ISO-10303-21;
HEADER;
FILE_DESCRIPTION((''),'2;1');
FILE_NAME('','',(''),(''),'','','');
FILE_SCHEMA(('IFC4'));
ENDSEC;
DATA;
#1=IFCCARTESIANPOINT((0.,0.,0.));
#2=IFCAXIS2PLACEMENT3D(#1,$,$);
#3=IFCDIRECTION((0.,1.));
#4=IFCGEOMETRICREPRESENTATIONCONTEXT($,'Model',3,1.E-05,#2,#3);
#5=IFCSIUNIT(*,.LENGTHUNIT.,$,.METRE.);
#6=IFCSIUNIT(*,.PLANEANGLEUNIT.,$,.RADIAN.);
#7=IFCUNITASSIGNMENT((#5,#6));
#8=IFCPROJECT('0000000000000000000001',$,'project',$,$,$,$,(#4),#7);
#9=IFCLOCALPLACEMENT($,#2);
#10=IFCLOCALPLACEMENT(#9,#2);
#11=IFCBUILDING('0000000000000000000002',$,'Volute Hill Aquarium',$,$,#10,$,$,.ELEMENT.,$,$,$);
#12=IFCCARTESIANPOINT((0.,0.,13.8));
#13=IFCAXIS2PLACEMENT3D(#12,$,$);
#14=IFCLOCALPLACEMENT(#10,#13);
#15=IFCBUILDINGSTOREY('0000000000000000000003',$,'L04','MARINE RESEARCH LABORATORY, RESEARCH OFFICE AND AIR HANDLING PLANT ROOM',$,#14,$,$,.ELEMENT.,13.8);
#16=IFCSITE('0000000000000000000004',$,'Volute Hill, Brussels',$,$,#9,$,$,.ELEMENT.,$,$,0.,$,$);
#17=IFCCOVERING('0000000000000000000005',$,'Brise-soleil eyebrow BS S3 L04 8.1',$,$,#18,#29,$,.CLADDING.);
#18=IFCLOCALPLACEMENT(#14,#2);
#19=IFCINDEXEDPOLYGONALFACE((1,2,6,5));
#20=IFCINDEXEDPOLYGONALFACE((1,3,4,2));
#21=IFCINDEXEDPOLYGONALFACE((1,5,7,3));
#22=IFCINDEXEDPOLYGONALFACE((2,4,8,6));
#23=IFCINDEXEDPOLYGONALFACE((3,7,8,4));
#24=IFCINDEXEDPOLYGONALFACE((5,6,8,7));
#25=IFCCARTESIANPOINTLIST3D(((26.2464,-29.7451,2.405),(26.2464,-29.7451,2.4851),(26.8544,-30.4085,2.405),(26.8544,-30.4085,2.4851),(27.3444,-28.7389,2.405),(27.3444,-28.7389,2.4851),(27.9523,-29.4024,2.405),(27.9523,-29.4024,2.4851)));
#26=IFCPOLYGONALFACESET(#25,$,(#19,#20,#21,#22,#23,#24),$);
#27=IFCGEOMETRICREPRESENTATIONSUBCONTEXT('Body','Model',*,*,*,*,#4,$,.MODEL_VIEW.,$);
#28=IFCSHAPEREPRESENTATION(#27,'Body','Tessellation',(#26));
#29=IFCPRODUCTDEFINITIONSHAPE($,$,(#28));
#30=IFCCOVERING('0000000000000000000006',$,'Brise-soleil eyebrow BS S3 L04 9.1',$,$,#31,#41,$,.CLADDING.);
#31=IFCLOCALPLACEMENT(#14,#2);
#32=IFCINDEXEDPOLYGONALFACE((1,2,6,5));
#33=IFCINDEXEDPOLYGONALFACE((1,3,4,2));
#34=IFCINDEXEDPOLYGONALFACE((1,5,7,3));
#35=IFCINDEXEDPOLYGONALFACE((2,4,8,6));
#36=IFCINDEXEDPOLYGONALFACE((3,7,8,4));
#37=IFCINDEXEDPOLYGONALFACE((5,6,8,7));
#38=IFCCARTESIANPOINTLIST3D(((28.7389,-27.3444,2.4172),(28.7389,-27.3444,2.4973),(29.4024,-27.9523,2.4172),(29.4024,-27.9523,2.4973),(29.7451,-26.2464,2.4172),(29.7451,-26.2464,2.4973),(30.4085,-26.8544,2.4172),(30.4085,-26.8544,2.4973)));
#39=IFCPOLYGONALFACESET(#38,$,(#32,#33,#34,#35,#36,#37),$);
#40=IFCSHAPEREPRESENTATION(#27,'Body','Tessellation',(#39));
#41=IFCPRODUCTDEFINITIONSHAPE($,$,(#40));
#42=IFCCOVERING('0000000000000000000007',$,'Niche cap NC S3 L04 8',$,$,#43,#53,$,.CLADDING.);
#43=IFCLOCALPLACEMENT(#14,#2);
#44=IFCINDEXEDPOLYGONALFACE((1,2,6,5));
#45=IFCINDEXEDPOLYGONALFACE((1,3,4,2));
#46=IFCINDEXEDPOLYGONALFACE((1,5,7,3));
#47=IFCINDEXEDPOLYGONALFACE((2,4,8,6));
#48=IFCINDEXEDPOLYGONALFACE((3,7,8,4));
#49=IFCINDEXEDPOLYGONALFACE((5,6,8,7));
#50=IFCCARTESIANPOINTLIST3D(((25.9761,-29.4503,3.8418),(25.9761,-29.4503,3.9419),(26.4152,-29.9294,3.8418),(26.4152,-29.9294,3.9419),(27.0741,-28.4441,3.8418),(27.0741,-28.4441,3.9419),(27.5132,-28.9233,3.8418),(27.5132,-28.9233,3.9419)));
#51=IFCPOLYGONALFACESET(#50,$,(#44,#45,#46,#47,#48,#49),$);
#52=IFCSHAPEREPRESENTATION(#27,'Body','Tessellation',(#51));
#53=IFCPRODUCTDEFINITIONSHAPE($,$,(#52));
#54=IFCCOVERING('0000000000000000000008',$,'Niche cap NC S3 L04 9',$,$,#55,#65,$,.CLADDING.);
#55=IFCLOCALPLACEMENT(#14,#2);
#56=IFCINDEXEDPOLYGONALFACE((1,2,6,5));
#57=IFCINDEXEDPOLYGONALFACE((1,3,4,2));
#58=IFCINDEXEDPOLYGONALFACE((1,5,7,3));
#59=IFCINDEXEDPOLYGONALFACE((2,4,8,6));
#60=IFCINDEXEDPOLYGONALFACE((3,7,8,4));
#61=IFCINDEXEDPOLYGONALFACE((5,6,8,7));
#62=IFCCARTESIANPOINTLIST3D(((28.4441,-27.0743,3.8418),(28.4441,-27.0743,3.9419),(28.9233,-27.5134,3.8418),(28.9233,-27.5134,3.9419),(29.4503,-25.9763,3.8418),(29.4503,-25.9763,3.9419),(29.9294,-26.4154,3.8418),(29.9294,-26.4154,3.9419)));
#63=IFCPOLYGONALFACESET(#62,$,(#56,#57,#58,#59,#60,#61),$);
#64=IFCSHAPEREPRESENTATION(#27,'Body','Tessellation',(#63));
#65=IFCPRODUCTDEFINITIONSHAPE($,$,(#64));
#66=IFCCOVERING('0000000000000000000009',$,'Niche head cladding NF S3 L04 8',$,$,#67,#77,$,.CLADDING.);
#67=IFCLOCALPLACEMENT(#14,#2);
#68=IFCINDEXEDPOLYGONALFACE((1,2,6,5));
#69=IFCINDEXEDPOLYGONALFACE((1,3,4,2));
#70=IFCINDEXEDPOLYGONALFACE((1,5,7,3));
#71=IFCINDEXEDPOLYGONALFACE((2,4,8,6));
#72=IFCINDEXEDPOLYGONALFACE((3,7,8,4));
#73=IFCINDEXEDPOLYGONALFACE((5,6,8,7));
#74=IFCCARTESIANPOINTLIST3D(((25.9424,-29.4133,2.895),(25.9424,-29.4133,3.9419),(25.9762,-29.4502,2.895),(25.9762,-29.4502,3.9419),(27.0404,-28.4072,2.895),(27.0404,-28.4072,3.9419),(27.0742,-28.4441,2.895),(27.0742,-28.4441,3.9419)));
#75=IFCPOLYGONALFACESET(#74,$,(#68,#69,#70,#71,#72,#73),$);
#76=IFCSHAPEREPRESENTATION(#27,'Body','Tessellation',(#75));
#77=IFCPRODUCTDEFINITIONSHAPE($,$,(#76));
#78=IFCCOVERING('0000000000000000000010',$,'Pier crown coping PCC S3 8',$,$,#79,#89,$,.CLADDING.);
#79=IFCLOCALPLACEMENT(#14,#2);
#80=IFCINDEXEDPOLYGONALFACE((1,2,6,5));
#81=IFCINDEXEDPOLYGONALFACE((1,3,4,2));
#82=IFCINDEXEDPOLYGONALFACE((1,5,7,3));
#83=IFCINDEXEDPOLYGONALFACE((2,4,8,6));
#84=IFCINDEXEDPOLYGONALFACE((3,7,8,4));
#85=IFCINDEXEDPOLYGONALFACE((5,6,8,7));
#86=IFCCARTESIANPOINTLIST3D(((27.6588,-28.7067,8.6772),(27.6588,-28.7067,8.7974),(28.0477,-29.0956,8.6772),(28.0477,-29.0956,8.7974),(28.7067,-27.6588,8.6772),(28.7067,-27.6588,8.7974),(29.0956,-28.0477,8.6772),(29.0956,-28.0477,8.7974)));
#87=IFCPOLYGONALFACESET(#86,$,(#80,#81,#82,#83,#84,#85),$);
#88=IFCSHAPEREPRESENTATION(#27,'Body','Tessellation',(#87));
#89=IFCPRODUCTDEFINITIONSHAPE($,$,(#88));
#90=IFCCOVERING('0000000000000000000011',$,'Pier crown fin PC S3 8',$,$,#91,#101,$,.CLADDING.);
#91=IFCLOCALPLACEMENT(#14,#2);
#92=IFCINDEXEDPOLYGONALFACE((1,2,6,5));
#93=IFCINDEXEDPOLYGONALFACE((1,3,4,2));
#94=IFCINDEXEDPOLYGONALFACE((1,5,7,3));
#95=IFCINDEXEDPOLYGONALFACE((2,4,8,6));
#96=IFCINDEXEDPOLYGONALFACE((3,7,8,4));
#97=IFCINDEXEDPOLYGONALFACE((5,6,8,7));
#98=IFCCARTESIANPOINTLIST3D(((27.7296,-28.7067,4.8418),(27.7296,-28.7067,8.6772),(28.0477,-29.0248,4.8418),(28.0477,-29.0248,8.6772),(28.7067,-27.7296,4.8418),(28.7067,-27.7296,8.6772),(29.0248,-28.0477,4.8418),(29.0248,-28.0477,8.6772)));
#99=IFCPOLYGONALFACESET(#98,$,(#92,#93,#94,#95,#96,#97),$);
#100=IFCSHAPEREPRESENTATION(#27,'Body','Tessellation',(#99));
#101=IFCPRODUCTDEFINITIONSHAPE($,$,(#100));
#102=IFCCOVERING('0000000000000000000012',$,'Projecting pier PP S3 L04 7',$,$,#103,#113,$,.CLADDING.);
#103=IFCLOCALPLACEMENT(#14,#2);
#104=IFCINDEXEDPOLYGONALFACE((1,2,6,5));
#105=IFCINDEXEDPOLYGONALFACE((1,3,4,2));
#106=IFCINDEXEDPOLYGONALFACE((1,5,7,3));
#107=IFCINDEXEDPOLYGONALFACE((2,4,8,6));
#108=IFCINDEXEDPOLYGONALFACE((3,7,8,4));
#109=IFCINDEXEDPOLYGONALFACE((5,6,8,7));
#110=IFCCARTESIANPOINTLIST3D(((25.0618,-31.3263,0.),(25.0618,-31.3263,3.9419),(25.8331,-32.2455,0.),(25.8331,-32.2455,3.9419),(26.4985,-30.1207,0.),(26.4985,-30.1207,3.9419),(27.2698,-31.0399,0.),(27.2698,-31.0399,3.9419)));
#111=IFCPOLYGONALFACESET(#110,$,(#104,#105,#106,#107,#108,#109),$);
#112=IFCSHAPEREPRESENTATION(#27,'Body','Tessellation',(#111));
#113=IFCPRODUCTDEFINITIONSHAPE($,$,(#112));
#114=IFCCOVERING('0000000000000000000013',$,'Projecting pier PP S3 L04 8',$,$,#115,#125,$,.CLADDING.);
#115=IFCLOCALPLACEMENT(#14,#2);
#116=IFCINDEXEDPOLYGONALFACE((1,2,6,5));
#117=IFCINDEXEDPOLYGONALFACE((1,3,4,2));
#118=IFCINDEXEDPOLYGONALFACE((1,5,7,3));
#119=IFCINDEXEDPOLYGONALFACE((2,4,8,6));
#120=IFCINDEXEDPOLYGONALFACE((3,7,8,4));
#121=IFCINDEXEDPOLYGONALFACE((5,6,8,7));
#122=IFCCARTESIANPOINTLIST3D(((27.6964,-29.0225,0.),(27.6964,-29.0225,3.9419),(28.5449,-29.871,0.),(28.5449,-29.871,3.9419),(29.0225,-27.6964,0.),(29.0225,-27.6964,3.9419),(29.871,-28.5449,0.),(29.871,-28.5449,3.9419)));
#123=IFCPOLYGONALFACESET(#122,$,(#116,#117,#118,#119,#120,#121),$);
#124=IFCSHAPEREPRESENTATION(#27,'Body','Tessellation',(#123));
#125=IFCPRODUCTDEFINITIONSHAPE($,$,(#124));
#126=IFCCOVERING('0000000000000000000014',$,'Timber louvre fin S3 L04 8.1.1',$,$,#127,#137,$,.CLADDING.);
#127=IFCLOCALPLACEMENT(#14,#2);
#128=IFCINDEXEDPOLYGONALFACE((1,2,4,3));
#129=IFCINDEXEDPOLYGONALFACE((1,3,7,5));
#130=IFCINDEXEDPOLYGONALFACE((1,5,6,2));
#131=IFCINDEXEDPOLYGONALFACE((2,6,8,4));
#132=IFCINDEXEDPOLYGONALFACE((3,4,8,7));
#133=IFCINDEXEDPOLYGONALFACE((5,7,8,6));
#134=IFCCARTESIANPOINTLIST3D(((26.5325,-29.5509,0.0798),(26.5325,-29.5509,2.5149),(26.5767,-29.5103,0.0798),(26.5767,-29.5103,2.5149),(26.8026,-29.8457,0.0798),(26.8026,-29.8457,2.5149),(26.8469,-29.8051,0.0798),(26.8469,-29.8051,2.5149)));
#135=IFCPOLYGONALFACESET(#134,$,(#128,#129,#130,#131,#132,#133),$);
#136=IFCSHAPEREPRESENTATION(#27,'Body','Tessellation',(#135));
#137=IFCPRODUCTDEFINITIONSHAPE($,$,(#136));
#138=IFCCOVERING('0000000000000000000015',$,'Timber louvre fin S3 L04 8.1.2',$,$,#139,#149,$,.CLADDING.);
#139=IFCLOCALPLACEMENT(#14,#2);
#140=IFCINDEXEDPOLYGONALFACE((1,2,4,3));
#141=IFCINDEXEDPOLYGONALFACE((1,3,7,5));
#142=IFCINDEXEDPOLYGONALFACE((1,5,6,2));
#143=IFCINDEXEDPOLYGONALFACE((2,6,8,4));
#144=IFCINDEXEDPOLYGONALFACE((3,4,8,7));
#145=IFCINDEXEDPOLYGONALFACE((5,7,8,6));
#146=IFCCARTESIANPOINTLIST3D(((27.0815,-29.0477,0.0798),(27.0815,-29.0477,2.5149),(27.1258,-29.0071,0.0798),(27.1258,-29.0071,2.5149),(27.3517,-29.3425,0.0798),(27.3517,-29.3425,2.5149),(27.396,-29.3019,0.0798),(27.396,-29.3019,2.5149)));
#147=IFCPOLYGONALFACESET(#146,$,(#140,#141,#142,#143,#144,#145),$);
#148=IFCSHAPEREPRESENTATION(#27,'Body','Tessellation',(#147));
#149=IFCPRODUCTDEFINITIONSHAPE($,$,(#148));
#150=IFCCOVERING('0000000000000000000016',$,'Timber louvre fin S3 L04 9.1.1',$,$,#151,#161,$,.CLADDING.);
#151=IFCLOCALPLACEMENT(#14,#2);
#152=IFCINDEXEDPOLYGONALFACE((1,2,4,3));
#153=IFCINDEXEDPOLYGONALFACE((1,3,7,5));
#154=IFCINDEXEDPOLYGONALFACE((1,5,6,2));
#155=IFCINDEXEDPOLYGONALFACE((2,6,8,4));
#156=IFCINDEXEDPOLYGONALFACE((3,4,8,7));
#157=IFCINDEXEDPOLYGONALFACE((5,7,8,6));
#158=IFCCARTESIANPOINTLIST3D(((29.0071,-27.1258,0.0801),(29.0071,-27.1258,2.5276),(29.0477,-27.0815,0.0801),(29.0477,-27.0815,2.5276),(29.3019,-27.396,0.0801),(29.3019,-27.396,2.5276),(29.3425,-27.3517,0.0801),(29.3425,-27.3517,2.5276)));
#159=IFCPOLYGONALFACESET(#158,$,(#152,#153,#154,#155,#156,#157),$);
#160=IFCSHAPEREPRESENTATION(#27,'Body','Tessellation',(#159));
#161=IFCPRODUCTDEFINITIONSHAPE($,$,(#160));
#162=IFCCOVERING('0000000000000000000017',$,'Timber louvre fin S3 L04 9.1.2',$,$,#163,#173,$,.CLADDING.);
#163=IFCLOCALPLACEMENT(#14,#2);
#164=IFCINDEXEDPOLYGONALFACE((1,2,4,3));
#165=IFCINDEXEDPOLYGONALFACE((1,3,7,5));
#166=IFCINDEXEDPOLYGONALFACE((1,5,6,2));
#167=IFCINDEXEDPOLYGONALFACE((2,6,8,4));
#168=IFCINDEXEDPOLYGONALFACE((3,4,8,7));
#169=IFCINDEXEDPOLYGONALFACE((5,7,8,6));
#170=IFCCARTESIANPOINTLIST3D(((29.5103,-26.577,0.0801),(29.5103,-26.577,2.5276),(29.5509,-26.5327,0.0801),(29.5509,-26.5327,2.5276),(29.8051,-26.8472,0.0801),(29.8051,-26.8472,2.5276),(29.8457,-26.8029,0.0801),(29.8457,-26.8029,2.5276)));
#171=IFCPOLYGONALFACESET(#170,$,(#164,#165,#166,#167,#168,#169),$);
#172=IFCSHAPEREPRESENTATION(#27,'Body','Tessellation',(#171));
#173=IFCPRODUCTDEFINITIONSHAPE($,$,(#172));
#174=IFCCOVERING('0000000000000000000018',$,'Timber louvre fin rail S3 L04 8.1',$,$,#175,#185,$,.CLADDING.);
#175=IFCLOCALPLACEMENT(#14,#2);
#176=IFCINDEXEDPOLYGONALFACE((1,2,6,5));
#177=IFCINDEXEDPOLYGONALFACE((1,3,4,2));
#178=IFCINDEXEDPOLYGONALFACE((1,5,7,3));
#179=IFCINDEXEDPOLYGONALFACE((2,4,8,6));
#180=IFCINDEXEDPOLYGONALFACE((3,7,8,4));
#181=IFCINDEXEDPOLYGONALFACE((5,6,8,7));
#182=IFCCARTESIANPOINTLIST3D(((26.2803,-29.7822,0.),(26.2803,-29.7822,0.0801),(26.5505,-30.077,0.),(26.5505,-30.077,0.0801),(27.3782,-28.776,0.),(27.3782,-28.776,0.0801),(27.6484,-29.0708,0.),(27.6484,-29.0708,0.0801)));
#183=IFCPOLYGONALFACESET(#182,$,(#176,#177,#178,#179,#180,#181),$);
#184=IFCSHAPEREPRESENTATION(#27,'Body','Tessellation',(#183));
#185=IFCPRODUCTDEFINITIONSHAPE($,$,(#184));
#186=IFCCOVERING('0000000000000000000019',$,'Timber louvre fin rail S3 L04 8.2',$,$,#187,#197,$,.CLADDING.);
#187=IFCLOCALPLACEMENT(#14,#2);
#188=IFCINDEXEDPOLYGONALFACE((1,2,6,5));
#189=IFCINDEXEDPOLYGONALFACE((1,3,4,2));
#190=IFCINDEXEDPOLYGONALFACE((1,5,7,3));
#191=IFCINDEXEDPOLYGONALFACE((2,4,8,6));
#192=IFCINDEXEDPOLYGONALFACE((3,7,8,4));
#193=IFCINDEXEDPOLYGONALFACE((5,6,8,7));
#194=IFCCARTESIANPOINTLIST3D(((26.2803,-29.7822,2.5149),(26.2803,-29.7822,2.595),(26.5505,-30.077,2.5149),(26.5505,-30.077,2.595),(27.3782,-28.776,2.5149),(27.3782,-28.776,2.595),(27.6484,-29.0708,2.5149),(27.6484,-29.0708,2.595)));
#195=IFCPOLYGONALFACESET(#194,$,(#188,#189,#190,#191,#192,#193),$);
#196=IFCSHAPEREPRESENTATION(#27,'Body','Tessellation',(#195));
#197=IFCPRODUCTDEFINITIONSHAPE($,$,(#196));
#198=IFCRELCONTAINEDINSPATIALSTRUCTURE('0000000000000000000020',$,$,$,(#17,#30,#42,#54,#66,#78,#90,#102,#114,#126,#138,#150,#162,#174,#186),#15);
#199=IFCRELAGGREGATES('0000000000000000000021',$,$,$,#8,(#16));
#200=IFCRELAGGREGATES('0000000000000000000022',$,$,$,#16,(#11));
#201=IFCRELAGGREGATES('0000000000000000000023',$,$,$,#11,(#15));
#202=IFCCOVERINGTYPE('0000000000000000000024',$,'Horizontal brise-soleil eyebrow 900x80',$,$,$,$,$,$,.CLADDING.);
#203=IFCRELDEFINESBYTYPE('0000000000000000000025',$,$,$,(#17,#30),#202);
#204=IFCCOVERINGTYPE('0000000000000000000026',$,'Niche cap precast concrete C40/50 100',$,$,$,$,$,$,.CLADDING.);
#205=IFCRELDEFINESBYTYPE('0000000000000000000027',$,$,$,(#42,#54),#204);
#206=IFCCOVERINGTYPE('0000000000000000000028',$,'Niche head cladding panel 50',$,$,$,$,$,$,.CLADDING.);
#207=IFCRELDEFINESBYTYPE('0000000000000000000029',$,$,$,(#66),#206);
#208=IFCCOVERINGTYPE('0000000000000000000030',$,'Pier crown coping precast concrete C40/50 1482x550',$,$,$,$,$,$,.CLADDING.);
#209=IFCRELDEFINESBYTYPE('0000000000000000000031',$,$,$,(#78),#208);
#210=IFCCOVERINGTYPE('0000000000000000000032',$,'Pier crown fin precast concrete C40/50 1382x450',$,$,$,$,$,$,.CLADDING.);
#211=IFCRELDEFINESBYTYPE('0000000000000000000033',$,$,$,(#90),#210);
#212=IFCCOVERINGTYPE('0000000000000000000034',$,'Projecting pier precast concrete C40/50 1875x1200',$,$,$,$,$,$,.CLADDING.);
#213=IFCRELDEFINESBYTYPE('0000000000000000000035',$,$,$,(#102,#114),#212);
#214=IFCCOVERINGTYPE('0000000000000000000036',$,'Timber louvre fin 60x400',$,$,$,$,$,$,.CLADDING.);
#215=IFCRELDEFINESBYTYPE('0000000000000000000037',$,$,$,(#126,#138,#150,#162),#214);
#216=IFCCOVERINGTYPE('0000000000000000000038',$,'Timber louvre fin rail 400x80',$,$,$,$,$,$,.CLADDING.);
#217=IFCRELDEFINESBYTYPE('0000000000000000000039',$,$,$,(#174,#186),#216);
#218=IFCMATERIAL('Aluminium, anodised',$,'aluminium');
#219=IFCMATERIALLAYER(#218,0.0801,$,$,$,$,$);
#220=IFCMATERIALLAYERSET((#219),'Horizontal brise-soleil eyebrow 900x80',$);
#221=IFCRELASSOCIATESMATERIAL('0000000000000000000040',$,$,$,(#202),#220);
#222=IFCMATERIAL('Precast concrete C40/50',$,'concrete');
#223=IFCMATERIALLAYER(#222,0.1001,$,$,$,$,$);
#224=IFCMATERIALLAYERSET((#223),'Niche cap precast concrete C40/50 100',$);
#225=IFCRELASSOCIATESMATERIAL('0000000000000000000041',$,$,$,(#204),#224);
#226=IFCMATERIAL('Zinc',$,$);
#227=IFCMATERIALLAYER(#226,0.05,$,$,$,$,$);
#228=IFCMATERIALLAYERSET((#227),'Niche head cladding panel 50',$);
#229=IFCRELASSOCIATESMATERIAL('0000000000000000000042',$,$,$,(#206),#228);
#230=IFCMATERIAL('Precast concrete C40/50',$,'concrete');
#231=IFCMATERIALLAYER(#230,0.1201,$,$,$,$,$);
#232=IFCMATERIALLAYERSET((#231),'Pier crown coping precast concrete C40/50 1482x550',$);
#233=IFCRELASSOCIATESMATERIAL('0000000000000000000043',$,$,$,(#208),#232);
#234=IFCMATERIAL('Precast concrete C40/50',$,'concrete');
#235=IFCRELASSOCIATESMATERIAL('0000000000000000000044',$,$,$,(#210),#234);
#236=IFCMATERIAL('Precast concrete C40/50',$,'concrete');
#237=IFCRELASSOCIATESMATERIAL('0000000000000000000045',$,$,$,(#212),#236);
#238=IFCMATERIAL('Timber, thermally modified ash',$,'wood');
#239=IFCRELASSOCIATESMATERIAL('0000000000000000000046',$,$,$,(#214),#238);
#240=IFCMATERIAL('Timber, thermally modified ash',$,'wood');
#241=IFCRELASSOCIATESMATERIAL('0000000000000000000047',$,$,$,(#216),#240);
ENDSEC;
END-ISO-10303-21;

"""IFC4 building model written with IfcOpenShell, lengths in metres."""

from ifc_helpers import new_model, si_unit, direction, frame, origin, origin_2d, place, context, subcontext, project, spatial, rectangle, extrude, material, layer, layer_set, type_object, element, save


model = new_model("IFC4")

# Units and contexts
model_context = context("Model", 3, precision=1e-05, world=origin(), true_north=direction((0.0, 1.0)))
body_context = subcontext(model_context, "Body", "Model", "MODEL_VIEW")
ifc_project = project(units=[si_unit("LENGTHUNIT", "METRE"), si_unit("PLANEANGLEUNIT", "RADIAN")], contexts=[model_context])

# Site, building, storey
site_placement = place(None, origin())
site = spatial("IfcSite", under=ifc_project, at=site_placement, Name="Volute Hill, Brussels", CompositionType="ELEMENT", RefElevation=0.0)
building_placement = place(site_placement, origin())
building = spatial("IfcBuilding", under=site, at=building_placement, Name="Volute Hill Aquarium", CompositionType="ELEMENT")
storey_placement = place(building_placement, frame((0.0, 0.0, 13.8)))
storey = spatial("IfcBuildingStorey", under=building, at=storey_placement, Name="L04", Description="MARINE RESEARCH LABORATORY, RESEARCH OFFICE AND AIR HANDLING PLANT ROOM", CompositionType="ELEMENT", Elevation=13.8)

# Coverings
ifc_material_1 = material(Name="Aluminium, anodised", Category="aluminium")
ifc_layer_1 = layer(ifc_material_1, 0.0801)
ifc_layer_set_1 = layer_set([ifc_layer_1], Name="Horizontal brise-soleil eyebrow 900x80")
covering_type_1 = type_object("IfcCoveringType", Name="Horizontal brise-soleil eyebrow 900x80", PredefinedType="CLADDING", material=ifc_layer_set_1)
for number, where, z_axis, x_axis, name in (
    (1, (27.0994, -29.5737, 2.405), (0.0, 0.0, 1.0), (0.737257, 0.675612, 0.0), "Brise-soleil eyebrow BS S3 L04 8.1"),
    (2, (29.5737, -27.0994, 2.4172), (0.0, 0.0, 1.0), (0.675612, 0.737257, 0.0), "Brise-soleil eyebrow BS S3 L04 9.1"),
):
    element("IfcCovering", number, at=place(storey_placement, frame(where, z_axis=z_axis, x_axis=x_axis)), inside=storey, type_object=covering_type_1, Name=name, PredefinedType="CLADDING", context=body_context, shape_type="SweptSolid", body=[
        extrude(rectangle(XDim=1.4893, YDim=0.8999, at=origin_2d()), origin(), (0.0, 0.0, 1.0), 0.0801),
    ])
ifc_material_2 = material(Name="Precast concrete C40/50", Category="concrete")
ifc_layer_2 = layer(ifc_material_2, 0.1001)
ifc_layer_set_2 = layer_set([ifc_layer_2], Name="Niche cap precast concrete C40/50 100")
covering_type_2 = type_object("IfcCoveringType", Name="Niche cap precast concrete C40/50 100", PredefinedType="CLADDING", material=ifc_layer_set_2)
for number, where, z_axis, x_axis, name in (
    (3, (26.7446, -29.1868, 3.8418), (0.0, 0.0, 1.0), (0.737257, 0.675612, 0.0), "Niche cap NC S3 L04 8"),
    (4, (29.1868, -26.7449, 3.8418), (0.0, 0.0, 1.0), (0.675612, 0.737257, 0.0), "Niche cap NC S3 L04 9"),
):
    element("IfcCovering", number, at=place(storey_placement, frame(where, z_axis=z_axis, x_axis=x_axis)), inside=storey, type_object=covering_type_2, Name=name, PredefinedType="CLADDING", context=body_context, shape_type="SweptSolid", body=[
        extrude(rectangle(XDim=1.4893, YDim=0.6499, at=origin_2d()), origin(), (0.0, 0.0, 1.0), 0.1001),
    ])
ifc_material_3 = material(Name="Zinc")
ifc_layer_3 = layer(ifc_material_3, 0.05)
ifc_layer_set_3 = layer_set([ifc_layer_3], Name="Niche head cladding panel 50")
covering_type_3 = type_object("IfcCoveringType", Name="Niche head cladding panel 50", PredefinedType="CLADDING", material=ifc_layer_set_3)
covering_1_placement = place(storey_placement, frame((26.5083, -28.9287, 2.895), z_axis=(0.0, 0.0, 1.0), x_axis=(0.737257, 0.675612, 0.0)))
element("IfcCovering", 5, at=covering_1_placement, inside=storey, type_object=covering_type_3, Name="Niche head cladding NF S3 L04 8", PredefinedType="CLADDING", context=body_context, shape_type="SweptSolid", body=[
    extrude(rectangle(XDim=1.4893, YDim=0.05, at=origin_2d()), origin(), (0.0, 0.0, 1.0), 1.0469),
])
ifc_material_4 = material(Name="Precast concrete C40/50", Category="concrete")
ifc_layer_4 = layer(ifc_material_4, 0.1201)
ifc_layer_set_4 = layer_set([ifc_layer_4], Name="Pier crown coping precast concrete C40/50 1482x550")
covering_type_4 = type_object("IfcCoveringType", Name="Pier crown coping precast concrete C40/50 1482x550", PredefinedType="CLADDING", material=ifc_layer_set_4)
covering_2_placement = place(storey_placement, frame((28.3772, -28.3772, 8.6772), z_axis=(0.0, 0.0, 1.0), x_axis=(0.707107, 0.707107, 0.0)))
element("IfcCovering", 6, at=covering_2_placement, inside=storey, type_object=covering_type_4, Name="Pier crown coping PCC S3 8", PredefinedType="CLADDING", context=body_context, shape_type="SweptSolid", body=[
    extrude(rectangle(XDim=1.4819, YDim=0.55, at=origin_2d()), origin(), (0.0, 0.0, 1.0), 0.1201),
])
ifc_material_5 = material(Name="Precast concrete C40/50", Category="concrete")
covering_type_5 = type_object("IfcCoveringType", Name="Pier crown fin precast concrete C40/50 1382x450", PredefinedType="CLADDING", material=ifc_material_5)
covering_3_placement = place(storey_placement, frame((28.3772, -28.3772, 4.8418), z_axis=(0.0, 0.0, 1.0), x_axis=(0.707107, 0.707107, 0.0)))
element("IfcCovering", 7, at=covering_3_placement, inside=storey, type_object=covering_type_5, Name="Pier crown fin PC S3 8", PredefinedType="CLADDING", context=body_context, shape_type="SweptSolid", body=[
    extrude(rectangle(XDim=1.3818, YDim=0.45, at=origin_2d()), origin(), (0.0, 0.0, 1.0), 3.8354),
])
ifc_material_6 = material(Name="Precast concrete C40/50", Category="concrete")
covering_type_6 = type_object("IfcCoveringType", Name="Projecting pier precast concrete C40/50 1875x1200", PredefinedType="CLADDING", material=ifc_material_6)
for number, where, z_axis, x_axis, name in (
    (8, (26.1658, -31.1831, 0.0), (0.0, 0.0, 1.0), (0.766044, 0.642788, 0.0), "Projecting pier PP S3 L04 7"),
    (9, (28.7837, -28.7837, 0.0), (0.0, 0.0, 1.0), (0.707107, 0.707107, 0.0), "Projecting pier PP S3 L04 8"),
):
    element("IfcCovering", number, at=place(storey_placement, frame(where, z_axis=z_axis, x_axis=x_axis)), inside=storey, type_object=covering_type_6, Name=name, PredefinedType="CLADDING", context=body_context, shape_type="SweptSolid", body=[
        extrude(rectangle(XDim=1.8755, YDim=1.2, at=origin_2d()), origin(), (0.0, 0.0, 1.0), 3.9419),
    ])
ifc_material_7 = material(Name="Timber, thermally modified ash", Category="wood")
covering_type_7 = type_object("IfcCoveringType", Name="Timber louvre fin 60x400", PredefinedType="CLADDING", material=ifc_material_7)
for number, where, z_axis, x_axis, name in (
    (10, (26.6897, -29.678, 0.0798), (0.0, 0.0, 1.0), (0.737257, 0.675612, 0.0), "Timber louvre fin S3 L04 8.1.1"),
    (11, (27.2388, -29.1748, 0.0798), (0.0, 0.0, 1.0), (0.737257, 0.675612, 0.0), "Timber louvre fin S3 L04 8.1.2"),
):
    element("IfcCovering", number, at=place(storey_placement, frame(where, z_axis=z_axis, x_axis=x_axis)), inside=storey, type_object=covering_type_7, Name=name, PredefinedType="CLADDING", context=body_context, shape_type="SweptSolid", body=[
        extrude(rectangle(XDim=0.0601, YDim=0.3999, at=origin_2d()), origin(), (0.0, 0.0, 1.0), 2.4351),
    ])
for number, where, z_axis, x_axis, name in (
    (12, (29.1748, -27.2388, 0.0801), (0.0, 0.0, 1.0), (0.675612, 0.737257, 0.0), "Timber louvre fin S3 L04 9.1.1"),
    (13, (29.678, -26.6899, 0.0801), (0.0, 0.0, 1.0), (0.675612, 0.737257, 0.0), "Timber louvre fin S3 L04 9.1.2"),
):
    element("IfcCovering", number, at=place(storey_placement, frame(where, z_axis=z_axis, x_axis=x_axis)), inside=storey, type_object=covering_type_7, Name=name, PredefinedType="CLADDING", context=body_context, shape_type="SweptSolid", body=[
        extrude(rectangle(XDim=0.0601, YDim=0.3999, at=origin_2d()), origin(), (0.0, 0.0, 1.0), 2.4475),
    ])
ifc_material_8 = material(Name="Timber, thermally modified ash", Category="wood")
covering_type_8 = type_object("IfcCoveringType", Name="Timber louvre fin rail 400x80", PredefinedType="CLADDING", material=ifc_material_8)
for number, where, z_axis, x_axis, name in (
    (14, (26.9644, -29.4265, 0.0), (0.0, 0.0, 1.0), (0.737257, 0.675612, 0.0), "Timber louvre fin rail S3 L04 8.1"),
    (15, (26.9644, -29.4265, 2.5149), (0.0, 0.0, 1.0), (0.737257, 0.675612, 0.0), "Timber louvre fin rail S3 L04 8.2"),
):
    element("IfcCovering", number, at=place(storey_placement, frame(where, z_axis=z_axis, x_axis=x_axis)), inside=storey, type_object=covering_type_8, Name=name, PredefinedType="CLADDING", context=body_context, shape_type="SweptSolid", body=[
        extrude(rectangle(XDim=1.4893, YDim=0.3999, at=origin_2d()), origin(), (0.0, 0.0, 1.0), 0.0801),
    ])

save(model, "model.ifc")
